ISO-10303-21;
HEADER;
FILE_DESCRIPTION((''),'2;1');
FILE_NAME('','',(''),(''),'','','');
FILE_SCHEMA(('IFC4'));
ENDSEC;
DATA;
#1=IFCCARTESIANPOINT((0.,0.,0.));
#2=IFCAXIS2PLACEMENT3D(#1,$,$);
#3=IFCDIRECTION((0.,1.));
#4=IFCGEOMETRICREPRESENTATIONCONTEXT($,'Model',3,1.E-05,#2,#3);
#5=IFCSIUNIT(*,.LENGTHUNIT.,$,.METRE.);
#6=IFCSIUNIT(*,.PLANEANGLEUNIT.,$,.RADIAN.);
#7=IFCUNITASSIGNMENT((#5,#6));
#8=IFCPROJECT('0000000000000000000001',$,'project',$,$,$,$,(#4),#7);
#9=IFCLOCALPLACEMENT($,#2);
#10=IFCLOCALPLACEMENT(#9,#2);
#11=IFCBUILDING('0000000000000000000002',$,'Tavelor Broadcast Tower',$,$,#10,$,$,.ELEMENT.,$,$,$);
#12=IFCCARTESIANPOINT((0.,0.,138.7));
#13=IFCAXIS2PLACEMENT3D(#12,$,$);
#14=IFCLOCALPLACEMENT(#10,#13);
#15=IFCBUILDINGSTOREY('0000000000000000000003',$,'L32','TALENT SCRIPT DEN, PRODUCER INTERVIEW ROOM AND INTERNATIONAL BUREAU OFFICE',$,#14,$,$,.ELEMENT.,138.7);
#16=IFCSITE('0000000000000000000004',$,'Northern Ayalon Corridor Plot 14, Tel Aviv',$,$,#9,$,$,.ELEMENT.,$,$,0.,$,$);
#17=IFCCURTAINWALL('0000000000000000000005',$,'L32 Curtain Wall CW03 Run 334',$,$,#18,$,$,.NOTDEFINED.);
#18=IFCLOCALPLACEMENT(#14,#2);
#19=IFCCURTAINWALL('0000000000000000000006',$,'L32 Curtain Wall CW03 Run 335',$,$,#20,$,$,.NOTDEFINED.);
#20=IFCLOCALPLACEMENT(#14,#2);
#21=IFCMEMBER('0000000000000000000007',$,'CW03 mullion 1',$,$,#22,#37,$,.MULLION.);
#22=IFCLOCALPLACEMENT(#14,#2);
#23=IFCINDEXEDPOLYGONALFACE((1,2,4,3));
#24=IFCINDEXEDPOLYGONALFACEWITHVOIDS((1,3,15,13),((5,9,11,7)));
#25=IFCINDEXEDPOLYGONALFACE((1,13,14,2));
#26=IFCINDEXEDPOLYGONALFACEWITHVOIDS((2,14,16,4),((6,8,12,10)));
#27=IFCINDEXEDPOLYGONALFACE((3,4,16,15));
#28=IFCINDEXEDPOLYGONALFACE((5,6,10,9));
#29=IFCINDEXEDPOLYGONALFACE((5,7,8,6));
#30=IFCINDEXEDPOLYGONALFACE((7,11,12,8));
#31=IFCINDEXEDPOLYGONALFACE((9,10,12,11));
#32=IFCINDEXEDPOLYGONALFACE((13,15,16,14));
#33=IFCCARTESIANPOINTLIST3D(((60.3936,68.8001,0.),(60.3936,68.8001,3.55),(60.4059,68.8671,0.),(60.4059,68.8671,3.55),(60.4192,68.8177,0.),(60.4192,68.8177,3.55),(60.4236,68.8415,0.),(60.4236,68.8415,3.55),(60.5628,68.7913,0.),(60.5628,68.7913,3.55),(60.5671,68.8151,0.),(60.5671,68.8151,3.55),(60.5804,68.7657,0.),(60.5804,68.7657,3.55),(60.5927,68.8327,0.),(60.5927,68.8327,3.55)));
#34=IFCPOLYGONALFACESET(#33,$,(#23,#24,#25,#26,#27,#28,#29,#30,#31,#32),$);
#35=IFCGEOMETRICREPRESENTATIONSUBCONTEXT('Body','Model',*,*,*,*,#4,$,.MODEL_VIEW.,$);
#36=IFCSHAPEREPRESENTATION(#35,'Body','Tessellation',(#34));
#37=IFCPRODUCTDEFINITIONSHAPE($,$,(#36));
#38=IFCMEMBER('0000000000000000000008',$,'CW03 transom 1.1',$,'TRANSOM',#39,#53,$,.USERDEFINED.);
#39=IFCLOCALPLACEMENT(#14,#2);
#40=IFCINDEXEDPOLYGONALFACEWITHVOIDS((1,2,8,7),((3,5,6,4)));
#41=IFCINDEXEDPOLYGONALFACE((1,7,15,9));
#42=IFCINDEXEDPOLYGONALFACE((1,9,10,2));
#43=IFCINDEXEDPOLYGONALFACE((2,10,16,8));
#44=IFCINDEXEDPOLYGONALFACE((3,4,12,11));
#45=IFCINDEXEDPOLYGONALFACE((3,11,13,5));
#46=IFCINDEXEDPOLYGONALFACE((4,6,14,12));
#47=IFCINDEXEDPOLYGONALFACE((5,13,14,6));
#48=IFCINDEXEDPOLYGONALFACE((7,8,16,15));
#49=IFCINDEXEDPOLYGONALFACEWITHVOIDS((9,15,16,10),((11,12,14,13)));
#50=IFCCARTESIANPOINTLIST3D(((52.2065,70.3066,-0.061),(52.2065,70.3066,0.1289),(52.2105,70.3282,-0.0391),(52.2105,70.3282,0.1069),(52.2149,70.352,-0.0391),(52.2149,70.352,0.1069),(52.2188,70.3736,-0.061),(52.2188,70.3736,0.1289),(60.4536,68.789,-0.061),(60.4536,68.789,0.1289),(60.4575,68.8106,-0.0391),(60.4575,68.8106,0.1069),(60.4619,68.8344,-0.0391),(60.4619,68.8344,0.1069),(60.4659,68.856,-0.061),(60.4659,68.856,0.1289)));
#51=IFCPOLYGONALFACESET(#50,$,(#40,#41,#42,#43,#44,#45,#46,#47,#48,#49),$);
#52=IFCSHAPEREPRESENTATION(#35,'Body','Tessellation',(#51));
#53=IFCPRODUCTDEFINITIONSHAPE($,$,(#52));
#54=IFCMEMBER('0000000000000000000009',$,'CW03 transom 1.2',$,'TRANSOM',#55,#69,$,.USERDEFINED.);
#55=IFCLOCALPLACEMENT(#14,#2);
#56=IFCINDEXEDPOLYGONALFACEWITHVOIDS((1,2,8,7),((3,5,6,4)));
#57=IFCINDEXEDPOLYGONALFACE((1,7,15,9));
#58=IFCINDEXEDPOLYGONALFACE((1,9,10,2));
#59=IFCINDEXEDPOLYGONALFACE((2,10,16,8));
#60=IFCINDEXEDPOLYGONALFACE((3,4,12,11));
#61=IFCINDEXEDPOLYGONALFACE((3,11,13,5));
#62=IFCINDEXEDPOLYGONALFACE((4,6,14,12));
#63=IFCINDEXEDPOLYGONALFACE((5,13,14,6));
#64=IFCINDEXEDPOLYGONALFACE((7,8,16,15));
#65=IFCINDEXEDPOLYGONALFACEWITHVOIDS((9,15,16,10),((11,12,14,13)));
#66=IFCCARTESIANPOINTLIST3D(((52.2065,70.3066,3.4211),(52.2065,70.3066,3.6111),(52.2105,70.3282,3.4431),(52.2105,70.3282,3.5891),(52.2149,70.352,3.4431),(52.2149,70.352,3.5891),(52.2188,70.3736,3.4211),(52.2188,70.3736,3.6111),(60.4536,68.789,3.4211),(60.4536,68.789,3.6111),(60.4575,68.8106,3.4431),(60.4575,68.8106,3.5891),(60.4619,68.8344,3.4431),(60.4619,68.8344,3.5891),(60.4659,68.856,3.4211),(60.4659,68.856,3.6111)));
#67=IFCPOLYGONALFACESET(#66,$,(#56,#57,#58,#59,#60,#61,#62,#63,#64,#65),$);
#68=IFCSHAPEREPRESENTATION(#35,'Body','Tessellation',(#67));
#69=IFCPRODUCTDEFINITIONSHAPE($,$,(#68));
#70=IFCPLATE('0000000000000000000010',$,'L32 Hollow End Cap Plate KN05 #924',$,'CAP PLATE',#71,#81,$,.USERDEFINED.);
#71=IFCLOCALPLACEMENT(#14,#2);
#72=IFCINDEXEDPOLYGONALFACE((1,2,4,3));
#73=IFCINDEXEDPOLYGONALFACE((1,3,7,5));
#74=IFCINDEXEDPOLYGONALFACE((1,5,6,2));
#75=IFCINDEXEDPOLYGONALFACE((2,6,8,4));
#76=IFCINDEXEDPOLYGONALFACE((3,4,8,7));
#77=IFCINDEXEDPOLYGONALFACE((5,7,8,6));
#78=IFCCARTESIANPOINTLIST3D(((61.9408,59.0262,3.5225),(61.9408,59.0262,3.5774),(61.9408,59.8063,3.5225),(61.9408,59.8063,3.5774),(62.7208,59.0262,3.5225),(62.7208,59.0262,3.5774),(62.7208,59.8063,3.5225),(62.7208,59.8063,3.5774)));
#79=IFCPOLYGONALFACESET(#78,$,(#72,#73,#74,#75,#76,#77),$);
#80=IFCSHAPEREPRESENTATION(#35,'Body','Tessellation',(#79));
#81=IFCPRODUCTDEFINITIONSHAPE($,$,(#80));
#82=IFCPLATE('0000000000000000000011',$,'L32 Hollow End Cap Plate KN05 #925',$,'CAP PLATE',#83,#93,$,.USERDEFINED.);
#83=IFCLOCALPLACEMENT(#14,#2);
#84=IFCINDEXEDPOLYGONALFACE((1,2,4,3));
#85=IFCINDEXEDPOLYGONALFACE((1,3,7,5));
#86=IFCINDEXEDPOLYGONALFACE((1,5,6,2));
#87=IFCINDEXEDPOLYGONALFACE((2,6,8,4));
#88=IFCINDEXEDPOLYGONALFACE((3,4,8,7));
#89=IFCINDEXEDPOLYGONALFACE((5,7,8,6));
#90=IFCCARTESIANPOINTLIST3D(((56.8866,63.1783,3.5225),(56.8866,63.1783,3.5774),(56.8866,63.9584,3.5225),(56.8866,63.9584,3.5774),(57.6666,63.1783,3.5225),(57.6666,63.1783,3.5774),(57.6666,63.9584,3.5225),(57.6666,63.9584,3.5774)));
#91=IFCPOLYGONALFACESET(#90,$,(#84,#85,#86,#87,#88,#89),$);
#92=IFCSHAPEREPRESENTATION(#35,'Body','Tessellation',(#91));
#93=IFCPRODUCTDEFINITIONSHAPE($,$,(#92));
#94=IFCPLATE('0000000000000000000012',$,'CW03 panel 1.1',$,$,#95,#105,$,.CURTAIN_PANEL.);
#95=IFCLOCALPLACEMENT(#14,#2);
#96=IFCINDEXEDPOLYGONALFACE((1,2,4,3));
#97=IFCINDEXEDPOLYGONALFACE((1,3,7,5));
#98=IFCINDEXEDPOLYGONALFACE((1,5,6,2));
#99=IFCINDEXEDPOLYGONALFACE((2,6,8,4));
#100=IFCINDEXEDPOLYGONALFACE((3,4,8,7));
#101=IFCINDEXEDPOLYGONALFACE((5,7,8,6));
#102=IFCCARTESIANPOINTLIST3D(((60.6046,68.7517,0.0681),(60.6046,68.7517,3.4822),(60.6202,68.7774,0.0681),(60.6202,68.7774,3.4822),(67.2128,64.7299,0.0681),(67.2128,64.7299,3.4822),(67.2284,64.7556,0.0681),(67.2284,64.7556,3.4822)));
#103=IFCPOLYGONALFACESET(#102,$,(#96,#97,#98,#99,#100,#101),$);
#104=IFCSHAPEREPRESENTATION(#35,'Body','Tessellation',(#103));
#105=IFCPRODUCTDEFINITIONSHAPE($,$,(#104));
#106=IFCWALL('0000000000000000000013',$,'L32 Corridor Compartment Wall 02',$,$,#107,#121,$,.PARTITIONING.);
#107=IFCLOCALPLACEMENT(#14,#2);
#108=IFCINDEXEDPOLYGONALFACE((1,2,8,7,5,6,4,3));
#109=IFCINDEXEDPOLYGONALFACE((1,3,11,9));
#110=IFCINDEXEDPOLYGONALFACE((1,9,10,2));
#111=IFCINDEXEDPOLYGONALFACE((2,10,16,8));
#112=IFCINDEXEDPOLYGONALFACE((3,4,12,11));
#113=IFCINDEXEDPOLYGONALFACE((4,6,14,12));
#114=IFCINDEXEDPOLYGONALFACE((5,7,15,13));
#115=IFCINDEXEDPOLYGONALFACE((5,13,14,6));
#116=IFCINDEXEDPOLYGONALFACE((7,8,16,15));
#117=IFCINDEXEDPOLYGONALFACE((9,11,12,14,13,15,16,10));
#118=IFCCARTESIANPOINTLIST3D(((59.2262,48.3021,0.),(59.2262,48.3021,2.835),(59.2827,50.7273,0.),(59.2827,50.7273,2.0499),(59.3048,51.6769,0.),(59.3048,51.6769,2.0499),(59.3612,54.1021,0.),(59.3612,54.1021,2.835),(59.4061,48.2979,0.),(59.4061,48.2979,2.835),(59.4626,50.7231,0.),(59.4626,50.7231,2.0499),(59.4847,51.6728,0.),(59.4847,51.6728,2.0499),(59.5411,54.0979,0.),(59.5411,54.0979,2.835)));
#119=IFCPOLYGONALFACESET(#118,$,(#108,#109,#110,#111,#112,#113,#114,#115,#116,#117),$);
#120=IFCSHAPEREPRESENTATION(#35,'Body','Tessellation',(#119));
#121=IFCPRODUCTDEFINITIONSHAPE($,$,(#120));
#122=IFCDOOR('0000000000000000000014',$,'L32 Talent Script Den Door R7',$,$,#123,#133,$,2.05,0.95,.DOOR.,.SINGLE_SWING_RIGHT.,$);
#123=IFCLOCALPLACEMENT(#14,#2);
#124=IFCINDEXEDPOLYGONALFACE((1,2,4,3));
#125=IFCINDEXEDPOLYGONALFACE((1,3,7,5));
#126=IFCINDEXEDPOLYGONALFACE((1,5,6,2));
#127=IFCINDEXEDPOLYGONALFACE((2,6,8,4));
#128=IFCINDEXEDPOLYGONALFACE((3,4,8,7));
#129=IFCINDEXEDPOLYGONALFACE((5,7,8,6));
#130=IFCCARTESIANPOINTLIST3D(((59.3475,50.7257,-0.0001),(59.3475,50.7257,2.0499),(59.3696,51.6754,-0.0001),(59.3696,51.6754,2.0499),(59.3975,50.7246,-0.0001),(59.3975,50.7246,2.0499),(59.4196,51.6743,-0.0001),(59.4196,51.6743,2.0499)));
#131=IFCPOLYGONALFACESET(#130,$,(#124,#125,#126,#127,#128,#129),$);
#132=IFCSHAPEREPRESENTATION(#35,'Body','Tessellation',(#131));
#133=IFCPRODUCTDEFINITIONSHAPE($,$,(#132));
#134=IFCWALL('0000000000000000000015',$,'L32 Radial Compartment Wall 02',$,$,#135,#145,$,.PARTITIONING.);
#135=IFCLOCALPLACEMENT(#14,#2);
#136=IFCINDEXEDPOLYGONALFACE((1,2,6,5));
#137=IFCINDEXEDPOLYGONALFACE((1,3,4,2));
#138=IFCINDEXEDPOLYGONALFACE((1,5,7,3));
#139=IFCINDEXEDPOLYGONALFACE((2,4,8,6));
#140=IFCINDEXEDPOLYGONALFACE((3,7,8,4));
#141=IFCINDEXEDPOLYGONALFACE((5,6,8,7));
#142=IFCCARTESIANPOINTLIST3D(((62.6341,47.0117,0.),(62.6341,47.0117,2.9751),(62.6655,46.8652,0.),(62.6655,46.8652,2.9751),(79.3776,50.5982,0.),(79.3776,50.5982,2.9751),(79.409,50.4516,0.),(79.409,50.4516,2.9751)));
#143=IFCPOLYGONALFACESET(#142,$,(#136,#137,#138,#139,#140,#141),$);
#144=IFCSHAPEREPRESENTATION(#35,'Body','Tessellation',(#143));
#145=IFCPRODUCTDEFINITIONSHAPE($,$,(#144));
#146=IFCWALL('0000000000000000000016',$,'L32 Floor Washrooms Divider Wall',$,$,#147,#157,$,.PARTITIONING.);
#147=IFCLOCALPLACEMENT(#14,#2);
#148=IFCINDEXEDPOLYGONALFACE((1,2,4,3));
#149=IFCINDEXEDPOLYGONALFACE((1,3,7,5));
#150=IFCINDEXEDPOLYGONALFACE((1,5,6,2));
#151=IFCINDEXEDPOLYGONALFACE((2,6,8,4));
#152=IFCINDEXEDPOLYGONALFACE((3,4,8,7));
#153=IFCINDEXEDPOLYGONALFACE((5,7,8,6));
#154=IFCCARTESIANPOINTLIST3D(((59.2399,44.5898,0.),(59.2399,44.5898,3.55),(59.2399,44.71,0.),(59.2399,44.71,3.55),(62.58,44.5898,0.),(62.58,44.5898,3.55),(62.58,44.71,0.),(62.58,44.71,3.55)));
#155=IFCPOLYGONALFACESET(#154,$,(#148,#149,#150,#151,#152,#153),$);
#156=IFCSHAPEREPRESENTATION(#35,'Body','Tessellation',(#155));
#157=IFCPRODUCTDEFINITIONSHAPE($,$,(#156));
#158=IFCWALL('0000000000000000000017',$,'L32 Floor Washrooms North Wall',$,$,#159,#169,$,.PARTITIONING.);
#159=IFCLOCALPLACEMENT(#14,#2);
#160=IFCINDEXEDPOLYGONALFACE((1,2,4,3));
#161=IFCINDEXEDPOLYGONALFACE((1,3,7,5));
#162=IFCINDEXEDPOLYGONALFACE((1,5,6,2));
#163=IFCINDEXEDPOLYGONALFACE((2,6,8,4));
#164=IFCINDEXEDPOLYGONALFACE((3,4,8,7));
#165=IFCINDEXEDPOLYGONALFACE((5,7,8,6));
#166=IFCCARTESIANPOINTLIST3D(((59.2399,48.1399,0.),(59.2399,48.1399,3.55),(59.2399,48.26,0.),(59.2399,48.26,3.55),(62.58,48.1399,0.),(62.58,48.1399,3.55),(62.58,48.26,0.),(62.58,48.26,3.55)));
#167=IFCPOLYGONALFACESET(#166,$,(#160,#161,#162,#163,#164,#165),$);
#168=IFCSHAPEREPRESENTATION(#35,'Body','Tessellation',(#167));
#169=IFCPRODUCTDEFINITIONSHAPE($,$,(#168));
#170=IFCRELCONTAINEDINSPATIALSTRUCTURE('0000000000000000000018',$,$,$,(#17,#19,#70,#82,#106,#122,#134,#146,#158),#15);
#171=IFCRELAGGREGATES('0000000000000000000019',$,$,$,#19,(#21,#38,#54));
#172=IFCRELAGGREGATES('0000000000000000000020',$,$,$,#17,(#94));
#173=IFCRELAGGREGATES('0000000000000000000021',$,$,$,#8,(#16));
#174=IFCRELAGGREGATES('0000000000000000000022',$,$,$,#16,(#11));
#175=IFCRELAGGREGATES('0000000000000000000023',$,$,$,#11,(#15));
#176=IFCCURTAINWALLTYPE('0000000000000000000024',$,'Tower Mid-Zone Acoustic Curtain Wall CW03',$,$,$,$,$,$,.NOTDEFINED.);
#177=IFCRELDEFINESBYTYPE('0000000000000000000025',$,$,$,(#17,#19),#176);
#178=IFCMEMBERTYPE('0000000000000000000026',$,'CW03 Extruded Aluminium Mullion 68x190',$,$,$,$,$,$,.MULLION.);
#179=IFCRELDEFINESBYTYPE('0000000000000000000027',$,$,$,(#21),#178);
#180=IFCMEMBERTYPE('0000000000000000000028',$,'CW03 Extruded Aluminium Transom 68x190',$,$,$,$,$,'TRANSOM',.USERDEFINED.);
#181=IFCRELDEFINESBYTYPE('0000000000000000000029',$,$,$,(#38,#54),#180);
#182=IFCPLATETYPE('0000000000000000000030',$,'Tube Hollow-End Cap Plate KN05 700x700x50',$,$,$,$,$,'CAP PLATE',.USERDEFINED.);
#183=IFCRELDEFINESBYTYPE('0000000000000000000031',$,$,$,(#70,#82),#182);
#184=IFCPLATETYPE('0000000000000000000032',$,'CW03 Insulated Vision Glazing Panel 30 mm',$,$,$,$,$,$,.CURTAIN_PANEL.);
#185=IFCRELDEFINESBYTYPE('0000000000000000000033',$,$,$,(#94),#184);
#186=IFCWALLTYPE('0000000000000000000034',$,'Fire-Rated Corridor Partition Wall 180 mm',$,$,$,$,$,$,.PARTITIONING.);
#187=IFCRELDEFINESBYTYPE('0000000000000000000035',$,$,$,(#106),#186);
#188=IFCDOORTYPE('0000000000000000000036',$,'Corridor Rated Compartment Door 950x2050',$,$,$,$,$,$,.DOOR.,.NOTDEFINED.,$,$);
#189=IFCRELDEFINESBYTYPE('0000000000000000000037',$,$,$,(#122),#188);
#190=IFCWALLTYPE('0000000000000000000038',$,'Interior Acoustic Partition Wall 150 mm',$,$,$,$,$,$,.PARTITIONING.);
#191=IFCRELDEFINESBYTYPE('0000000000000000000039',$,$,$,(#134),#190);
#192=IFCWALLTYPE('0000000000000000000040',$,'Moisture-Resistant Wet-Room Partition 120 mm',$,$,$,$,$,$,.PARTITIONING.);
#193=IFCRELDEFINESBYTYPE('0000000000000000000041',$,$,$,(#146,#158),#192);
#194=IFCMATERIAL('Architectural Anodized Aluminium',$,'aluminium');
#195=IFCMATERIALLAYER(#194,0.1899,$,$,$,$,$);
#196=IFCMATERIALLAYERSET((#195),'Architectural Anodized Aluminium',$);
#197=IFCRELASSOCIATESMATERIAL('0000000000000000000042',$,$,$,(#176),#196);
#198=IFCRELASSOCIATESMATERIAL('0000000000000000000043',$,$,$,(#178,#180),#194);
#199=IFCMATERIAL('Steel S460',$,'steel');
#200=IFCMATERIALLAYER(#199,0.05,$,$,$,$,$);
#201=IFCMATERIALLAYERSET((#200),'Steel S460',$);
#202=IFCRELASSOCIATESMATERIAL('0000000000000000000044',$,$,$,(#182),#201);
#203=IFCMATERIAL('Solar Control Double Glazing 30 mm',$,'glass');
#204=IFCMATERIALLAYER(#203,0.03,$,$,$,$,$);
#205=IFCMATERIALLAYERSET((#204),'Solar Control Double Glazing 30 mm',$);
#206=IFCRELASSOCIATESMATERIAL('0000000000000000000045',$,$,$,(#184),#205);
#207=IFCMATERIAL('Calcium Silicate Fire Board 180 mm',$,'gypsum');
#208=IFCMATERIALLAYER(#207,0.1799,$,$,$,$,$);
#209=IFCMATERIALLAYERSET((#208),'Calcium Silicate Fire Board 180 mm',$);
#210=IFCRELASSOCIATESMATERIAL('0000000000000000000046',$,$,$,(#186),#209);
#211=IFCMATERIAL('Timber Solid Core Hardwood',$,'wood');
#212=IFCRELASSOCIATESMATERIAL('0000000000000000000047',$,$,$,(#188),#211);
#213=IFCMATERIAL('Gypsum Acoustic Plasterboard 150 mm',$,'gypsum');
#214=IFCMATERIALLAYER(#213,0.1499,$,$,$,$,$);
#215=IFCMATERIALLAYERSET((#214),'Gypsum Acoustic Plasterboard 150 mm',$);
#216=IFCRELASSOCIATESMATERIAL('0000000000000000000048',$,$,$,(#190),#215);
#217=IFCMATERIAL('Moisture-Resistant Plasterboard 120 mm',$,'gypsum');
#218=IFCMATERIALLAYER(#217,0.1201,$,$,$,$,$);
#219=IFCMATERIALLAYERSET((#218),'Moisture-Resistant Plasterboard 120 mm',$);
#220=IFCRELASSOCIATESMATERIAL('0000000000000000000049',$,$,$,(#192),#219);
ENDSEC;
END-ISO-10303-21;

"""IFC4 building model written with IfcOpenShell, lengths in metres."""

from ifc_helpers import new_model, si_unit, direction, frame, frame_2d, origin, origin_2d, place, context, subcontext, project, spatial, rectangle, hollow_rectangle, extrude, source, transform, mapped, material, layer, layer_set, material_profile, profile_set, type_object, type_shapes, element, fill, aggregate, save


model = new_model("IFC4")

# Units and contexts
model_context = context("Model", 3, precision=1e-05, world=origin(), true_north=direction((0.0, 1.0)))
body_context = subcontext(model_context, "Body", "Model", "MODEL_VIEW")
ifc_project = project(units=[si_unit("LENGTHUNIT", "METRE"), si_unit("PLANEANGLEUNIT", "RADIAN")], contexts=[model_context])

# Site, building, storey
site_placement = place(None, origin())
site = spatial("IfcSite", under=ifc_project, at=site_placement, Name="Northern Ayalon Corridor Plot 14, Tel Aviv", CompositionType="ELEMENT", RefElevation=0.0)
building_placement = place(site_placement, origin())
building = spatial("IfcBuilding", under=site, at=building_placement, Name="Tavelor Broadcast Tower", CompositionType="ELEMENT")
storey_placement = place(building_placement, frame((0.0, 0.0, 138.7)))
storey = spatial("IfcBuildingStorey", under=building, at=storey_placement, Name="L32", Description="TALENT SCRIPT DEN, PRODUCER INTERVIEW ROOM AND INTERNATIONAL BUREAU OFFICE", CompositionType="ELEMENT", Elevation=138.7)

# Shared definitions
ifc_material_1 = material(Name="Steel S460", Category="steel")

# Curtain wall
ifc_material_2 = material(Name="Architectural Anodized Aluminium", Category="aluminium")
ifc_layer_1 = layer(ifc_material_2, 0.1899)
ifc_layer_set_1 = layer_set([ifc_layer_1], Name="Architectural Anodized Aluminium")
curtain_wall_type = type_object("IfcCurtainWallType", Name="Tower Mid-Zone Acoustic Curtain Wall CW03", PredefinedType="NOTDEFINED", material=ifc_layer_set_1)
curtain_wall_1_placement = place(storey_placement, origin())
curtain_wall_1 = element("IfcCurtainWall", 1, at=curtain_wall_1_placement, inside=storey, type_object=curtain_wall_type, Name="L32 Curtain Wall CW03 Run 334", PredefinedType="NOTDEFINED")
ifc_material_profile_1 = material_profile(ifc_material_2, hollow_rectangle(XDim=0.0681, YDim=0.1899, WallThickness=0.022, at=origin_2d()), Name="RHS 68x190x22")
ifc_profile_set_1 = profile_set([ifc_material_profile_1], Name="Architectural Anodized Aluminium")
member_type_1 = type_object("IfcMemberType", Name="CW03 Extruded Aluminium Mullion 68x190", PredefinedType="MULLION", material=ifc_profile_set_1)
shared_shape_1 = source(origin(), body_context, "Body", "SweptSolid", [
    extrude(hollow_rectangle(XDim=0.0681, YDim=0.1899, WallThickness=0.022, at=origin_2d()), origin(), (0.0, 0.0, 1.0), 3.55),
])
type_shapes(member_type_1, [shared_shape_1])

# Curtain wall, members
curtain_wall_2_placement = place(storey_placement, origin())
curtain_wall_2 = element("IfcCurtainWall", 2, at=curtain_wall_2_placement, inside=storey, type_object=curtain_wall_type, Name="L32 Curtain Wall CW03 Run 335", PredefinedType="NOTDEFINED")
member_1_placement = place(storey_placement, frame((60.4932, 68.8164, 0.0), z_axis=(0.0, 0.0, 1.0), x_axis=(-0.180977, -0.983487, 0.0)))
member_1 = element("IfcMember", 3, at=member_1_placement, type_object=member_type_1, Name="CW03 mullion 1", PredefinedType="MULLION", context=body_context, shape_type="MappedRepresentation", body=[
    mapped(shared_shape_1, transform((0.0, 0.0, 0.0), scale=1.0)),
])
ifc_material_profile_2 = material_profile(ifc_material_2, hollow_rectangle(XDim=0.0681, YDim=0.1899, WallThickness=0.022, at=origin_2d()), Name="RHS 68x190x22")
ifc_profile_set_2 = profile_set([ifc_material_profile_2], Name="Architectural Anodized Aluminium")
member_type_2 = type_object("IfcMemberType", Name="CW03 Extruded Aluminium Transom 68x190", ElementType="TRANSOM", PredefinedType="USERDEFINED", material=ifc_profile_set_2)
shared_shape_2 = source(origin(), body_context, "Body", "SweptSolid", [
    extrude(hollow_rectangle(XDim=0.0681, YDim=0.1899, WallThickness=0.022, at=origin_2d()), origin(), (0.0, 0.0, 1.0), 8.3855),
])
type_shapes(member_type_2, [shared_shape_2])
member_2_placement = place(storey_placement, frame((60.4597, 68.8225, 0.0339), z_axis=(-0.983488, 0.180976, 0.0), x_axis=(-0.180976, -0.983488, 0.0)))
member_2 = element("IfcMember", 4, at=member_2_placement, type_object=member_type_2, Name="CW03 transom 1.1", ObjectType="TRANSOM", PredefinedType="USERDEFINED", context=body_context, shape_type="MappedRepresentation", body=[
    mapped(shared_shape_2, transform((0.0, 0.0, 0.0), scale=1.0)),
])
member_3_placement = place(storey_placement, frame((60.4597, 68.8225, 3.5161), z_axis=(-0.983488, 0.180976, 0.0), x_axis=(-0.180976, -0.983488, 0.0)))
member_3 = element("IfcMember", 5, at=member_3_placement, type_object=member_type_2, Name="CW03 transom 1.2", ObjectType="TRANSOM", PredefinedType="USERDEFINED", context=body_context, shape_type="MappedRepresentation", body=[
    mapped(shared_shape_2, transform((0.0, 0.0, 0.0), scale=1.0)),
])
aggregate(curtain_wall_2, [member_1, member_2, member_3])

# Plates
ifc_layer_2 = layer(ifc_material_1, 0.05)
ifc_layer_set_2 = layer_set([ifc_layer_2], Name="Steel S460")
plate_type_1 = type_object("IfcPlateType", Name="Tube Hollow-End Cap Plate KN05 700x700x50", ElementType="CAP PLATE", PredefinedType="USERDEFINED", material=ifc_layer_set_2)
shared_shape_3 = source(origin(), body_context, "Body", "SweptSolid", [
    extrude(rectangle(XDim=0.78, YDim=0.78, at=origin_2d()), origin(), (0.0, 0.0, 1.0), 0.0549),
])
type_shapes(plate_type_1, [shared_shape_3])
for number, where, z_axis, x_axis, name in (
    (6, (62.3308, 59.4163, 3.5225), (0.0, 0.0, 1.0), (1.0, 0.0, 0.0), "L32 Hollow End Cap Plate KN05 #924"),
    (7, (57.2766, 63.5684, 3.5225), (0.0, 0.0, 1.0), (1.0, 0.0, 0.0), "L32 Hollow End Cap Plate KN05 #925"),
):
    element("IfcPlate", number, at=place(storey_placement, frame(where, z_axis=z_axis, x_axis=x_axis)), inside=storey, type_object=plate_type_1, Name=name, ObjectType="CAP PLATE", PredefinedType="USERDEFINED", context=body_context, shape_type="MappedRepresentation", body=[
        mapped(shared_shape_3, transform((0.0, 0.0, 0.0), scale=1.0)),
    ])

# Plate
ifc_material_3 = material(Name="Solar Control Double Glazing 30 mm", Category="glass")
ifc_layer_3 = layer(ifc_material_3, 0.03)
ifc_layer_set_3 = layer_set([ifc_layer_3], Name="Solar Control Double Glazing 30 mm")
plate_type_2 = type_object("IfcPlateType", Name="CW03 Insulated Vision Glazing Panel 30 mm", PredefinedType="CURTAIN_PANEL", material=ifc_layer_set_3)
shared_shape_4 = source(origin(), body_context, "Body", "SweptSolid", [
    extrude(rectangle(XDim=7.7358, YDim=0.03, at=origin_2d()), origin(), (0.0, 0.0, 1.0), 3.4141),
])
type_shapes(plate_type_2, [shared_shape_4])
plate_placement = place(storey_placement, frame((63.9165, 66.7537, 0.0681), z_axis=(0.0, 0.0, 1.0), x_axis=(-0.854233, 0.51989, 0.0)))
plate = element("IfcPlate", 8, at=plate_placement, type_object=plate_type_2, Name="CW03 panel 1.1", PredefinedType="CURTAIN_PANEL", context=body_context, shape_type="MappedRepresentation", body=[
    mapped(shared_shape_4, transform((0.0, 0.0, 0.0), scale=1.0)),
])
aggregate(curtain_wall_1, [plate])

# Wall, opening, door
ifc_material_4 = material(Name="Calcium Silicate Fire Board 180 mm", Category="gypsum")
ifc_layer_4 = layer(ifc_material_4, 0.1799)
ifc_layer_set_4 = layer_set([ifc_layer_4], Name="Calcium Silicate Fire Board 180 mm")
wall_type_1 = type_object("IfcWallType", Name="Fire-Rated Corridor Partition Wall 180 mm", PredefinedType="PARTITIONING", material=ifc_layer_set_4)
wall_1_placement = place(storey_placement, frame((59.4512, 54.1001, 0.0), z_axis=(0.0, 0.0, 1.0), x_axis=(-0.023271, -0.999729, 0.0)))
wall_1 = element("IfcWall", 9, at=wall_1_placement, inside=storey, type_object=wall_type_1, Name="L32 Corridor Compartment Wall 02", PredefinedType="PARTITIONING", context=body_context, shape_type="SweptSolid", body=[
    extrude(rectangle(XDim=5.8015, YDim=0.1799, at=frame_2d((2.9009, 0.0))), origin(), (0.0, 0.0, 1.0), 2.835),
])
opening_placement = place(wall_1_placement, frame((2.4258, 0.0, 0.0)))
opening = element("IfcOpeningElement", 10, at=opening_placement, cuts=wall_1, PredefinedType="OPENING", context=body_context, shape_type="SweptSolid", body=[
    extrude(rectangle(XDim=0.95, YDim=2.05, at=frame_2d((0.4751, 1.0249))), frame((0.0, 0.1001, 0.0), z_axis=(0.0, -1.0, 0.0), x_axis=(1.0, 0.0, 0.0)), (0.0, 0.0, 1.0), 0.2),
])
ifc_material_5 = material(Name="Timber Solid Core Hardwood", Category="wood")
door_type = type_object("IfcDoorType", Name="Corridor Rated Compartment Door 950x2050", OperationType="NOTDEFINED", PredefinedType="DOOR", material=ifc_material_5)
door_placement = place(opening_placement, origin())
door = element("IfcDoor", 11, at=door_placement, inside=storey, type_object=door_type, Name="L32 Talent Script Den Door R7", OperationType="SINGLE_SWING_RIGHT", OverallHeight=2.05, OverallWidth=0.95, PredefinedType="DOOR", context=body_context, shape_type="SweptSolid", body=[
    extrude(rectangle(XDim=0.95, YDim=2.05, at=frame_2d((0.4751, 1.0249))), frame((0.0, 0.0249, 0.0), z_axis=(0.0, -1.0, 0.0), x_axis=(1.0, 0.0, 0.0)), (0.0, 0.0, 1.0), 0.05),
])
fill(opening, door)

# Walls
ifc_material_6 = material(Name="Gypsum Acoustic Plasterboard 150 mm", Category="gypsum")
ifc_layer_5 = layer(ifc_material_6, 0.1499)
ifc_layer_set_5 = layer_set([ifc_layer_5], Name="Gypsum Acoustic Plasterboard 150 mm")
wall_type_2 = type_object("IfcWallType", Name="Interior Acoustic Partition Wall 150 mm", PredefinedType="PARTITIONING", material=ifc_layer_set_5)
wall_2_placement = place(storey_placement, frame((62.6499, 46.9385, 0.0), z_axis=(0.0, 0.0, 1.0), x_axis=(0.97782, 0.209448, 0.0)))
element("IfcWall", 12, at=wall_2_placement, inside=storey, type_object=wall_type_2, Name="L32 Radial Compartment Wall 02", PredefinedType="PARTITIONING", context=body_context, shape_type="SweptSolid", body=[
    extrude(rectangle(XDim=17.1233, YDim=0.1499, at=frame_2d((8.5615, 0.0))), origin(), (0.0, 0.0, 1.0), 2.9751),
])
ifc_material_7 = material(Name="Moisture-Resistant Plasterboard 120 mm", Category="gypsum")
ifc_layer_6 = layer(ifc_material_7, 0.1201)
ifc_layer_set_6 = layer_set([ifc_layer_6], Name="Moisture-Resistant Plasterboard 120 mm")
wall_type_3 = type_object("IfcWallType", Name="Moisture-Resistant Wet-Room Partition 120 mm", PredefinedType="PARTITIONING", material=ifc_layer_set_6)
for number, where, z_axis, x_axis, name in (
    (13, (59.24, 44.6499, 0.0), (0.0, 0.0, 1.0), (1.0, 0.0, 0.0), "L32 Floor Washrooms Divider Wall"),
    (14, (59.24, 48.2, 0.0), (0.0, 0.0, 1.0), (1.0, 0.0, 0.0), "L32 Floor Washrooms North Wall"),
):
    element("IfcWall", number, at=place(storey_placement, frame(where, z_axis=z_axis, x_axis=x_axis)), inside=storey, type_object=wall_type_3, Name=name, PredefinedType="PARTITIONING", context=body_context, shape_type="SweptSolid", body=[
        extrude(rectangle(XDim=3.3401, YDim=0.1201, at=frame_2d((1.6699, 0.0))), origin(), (0.0, 0.0, 1.0), 3.55),
    ])

save(model, "model.ifc")
